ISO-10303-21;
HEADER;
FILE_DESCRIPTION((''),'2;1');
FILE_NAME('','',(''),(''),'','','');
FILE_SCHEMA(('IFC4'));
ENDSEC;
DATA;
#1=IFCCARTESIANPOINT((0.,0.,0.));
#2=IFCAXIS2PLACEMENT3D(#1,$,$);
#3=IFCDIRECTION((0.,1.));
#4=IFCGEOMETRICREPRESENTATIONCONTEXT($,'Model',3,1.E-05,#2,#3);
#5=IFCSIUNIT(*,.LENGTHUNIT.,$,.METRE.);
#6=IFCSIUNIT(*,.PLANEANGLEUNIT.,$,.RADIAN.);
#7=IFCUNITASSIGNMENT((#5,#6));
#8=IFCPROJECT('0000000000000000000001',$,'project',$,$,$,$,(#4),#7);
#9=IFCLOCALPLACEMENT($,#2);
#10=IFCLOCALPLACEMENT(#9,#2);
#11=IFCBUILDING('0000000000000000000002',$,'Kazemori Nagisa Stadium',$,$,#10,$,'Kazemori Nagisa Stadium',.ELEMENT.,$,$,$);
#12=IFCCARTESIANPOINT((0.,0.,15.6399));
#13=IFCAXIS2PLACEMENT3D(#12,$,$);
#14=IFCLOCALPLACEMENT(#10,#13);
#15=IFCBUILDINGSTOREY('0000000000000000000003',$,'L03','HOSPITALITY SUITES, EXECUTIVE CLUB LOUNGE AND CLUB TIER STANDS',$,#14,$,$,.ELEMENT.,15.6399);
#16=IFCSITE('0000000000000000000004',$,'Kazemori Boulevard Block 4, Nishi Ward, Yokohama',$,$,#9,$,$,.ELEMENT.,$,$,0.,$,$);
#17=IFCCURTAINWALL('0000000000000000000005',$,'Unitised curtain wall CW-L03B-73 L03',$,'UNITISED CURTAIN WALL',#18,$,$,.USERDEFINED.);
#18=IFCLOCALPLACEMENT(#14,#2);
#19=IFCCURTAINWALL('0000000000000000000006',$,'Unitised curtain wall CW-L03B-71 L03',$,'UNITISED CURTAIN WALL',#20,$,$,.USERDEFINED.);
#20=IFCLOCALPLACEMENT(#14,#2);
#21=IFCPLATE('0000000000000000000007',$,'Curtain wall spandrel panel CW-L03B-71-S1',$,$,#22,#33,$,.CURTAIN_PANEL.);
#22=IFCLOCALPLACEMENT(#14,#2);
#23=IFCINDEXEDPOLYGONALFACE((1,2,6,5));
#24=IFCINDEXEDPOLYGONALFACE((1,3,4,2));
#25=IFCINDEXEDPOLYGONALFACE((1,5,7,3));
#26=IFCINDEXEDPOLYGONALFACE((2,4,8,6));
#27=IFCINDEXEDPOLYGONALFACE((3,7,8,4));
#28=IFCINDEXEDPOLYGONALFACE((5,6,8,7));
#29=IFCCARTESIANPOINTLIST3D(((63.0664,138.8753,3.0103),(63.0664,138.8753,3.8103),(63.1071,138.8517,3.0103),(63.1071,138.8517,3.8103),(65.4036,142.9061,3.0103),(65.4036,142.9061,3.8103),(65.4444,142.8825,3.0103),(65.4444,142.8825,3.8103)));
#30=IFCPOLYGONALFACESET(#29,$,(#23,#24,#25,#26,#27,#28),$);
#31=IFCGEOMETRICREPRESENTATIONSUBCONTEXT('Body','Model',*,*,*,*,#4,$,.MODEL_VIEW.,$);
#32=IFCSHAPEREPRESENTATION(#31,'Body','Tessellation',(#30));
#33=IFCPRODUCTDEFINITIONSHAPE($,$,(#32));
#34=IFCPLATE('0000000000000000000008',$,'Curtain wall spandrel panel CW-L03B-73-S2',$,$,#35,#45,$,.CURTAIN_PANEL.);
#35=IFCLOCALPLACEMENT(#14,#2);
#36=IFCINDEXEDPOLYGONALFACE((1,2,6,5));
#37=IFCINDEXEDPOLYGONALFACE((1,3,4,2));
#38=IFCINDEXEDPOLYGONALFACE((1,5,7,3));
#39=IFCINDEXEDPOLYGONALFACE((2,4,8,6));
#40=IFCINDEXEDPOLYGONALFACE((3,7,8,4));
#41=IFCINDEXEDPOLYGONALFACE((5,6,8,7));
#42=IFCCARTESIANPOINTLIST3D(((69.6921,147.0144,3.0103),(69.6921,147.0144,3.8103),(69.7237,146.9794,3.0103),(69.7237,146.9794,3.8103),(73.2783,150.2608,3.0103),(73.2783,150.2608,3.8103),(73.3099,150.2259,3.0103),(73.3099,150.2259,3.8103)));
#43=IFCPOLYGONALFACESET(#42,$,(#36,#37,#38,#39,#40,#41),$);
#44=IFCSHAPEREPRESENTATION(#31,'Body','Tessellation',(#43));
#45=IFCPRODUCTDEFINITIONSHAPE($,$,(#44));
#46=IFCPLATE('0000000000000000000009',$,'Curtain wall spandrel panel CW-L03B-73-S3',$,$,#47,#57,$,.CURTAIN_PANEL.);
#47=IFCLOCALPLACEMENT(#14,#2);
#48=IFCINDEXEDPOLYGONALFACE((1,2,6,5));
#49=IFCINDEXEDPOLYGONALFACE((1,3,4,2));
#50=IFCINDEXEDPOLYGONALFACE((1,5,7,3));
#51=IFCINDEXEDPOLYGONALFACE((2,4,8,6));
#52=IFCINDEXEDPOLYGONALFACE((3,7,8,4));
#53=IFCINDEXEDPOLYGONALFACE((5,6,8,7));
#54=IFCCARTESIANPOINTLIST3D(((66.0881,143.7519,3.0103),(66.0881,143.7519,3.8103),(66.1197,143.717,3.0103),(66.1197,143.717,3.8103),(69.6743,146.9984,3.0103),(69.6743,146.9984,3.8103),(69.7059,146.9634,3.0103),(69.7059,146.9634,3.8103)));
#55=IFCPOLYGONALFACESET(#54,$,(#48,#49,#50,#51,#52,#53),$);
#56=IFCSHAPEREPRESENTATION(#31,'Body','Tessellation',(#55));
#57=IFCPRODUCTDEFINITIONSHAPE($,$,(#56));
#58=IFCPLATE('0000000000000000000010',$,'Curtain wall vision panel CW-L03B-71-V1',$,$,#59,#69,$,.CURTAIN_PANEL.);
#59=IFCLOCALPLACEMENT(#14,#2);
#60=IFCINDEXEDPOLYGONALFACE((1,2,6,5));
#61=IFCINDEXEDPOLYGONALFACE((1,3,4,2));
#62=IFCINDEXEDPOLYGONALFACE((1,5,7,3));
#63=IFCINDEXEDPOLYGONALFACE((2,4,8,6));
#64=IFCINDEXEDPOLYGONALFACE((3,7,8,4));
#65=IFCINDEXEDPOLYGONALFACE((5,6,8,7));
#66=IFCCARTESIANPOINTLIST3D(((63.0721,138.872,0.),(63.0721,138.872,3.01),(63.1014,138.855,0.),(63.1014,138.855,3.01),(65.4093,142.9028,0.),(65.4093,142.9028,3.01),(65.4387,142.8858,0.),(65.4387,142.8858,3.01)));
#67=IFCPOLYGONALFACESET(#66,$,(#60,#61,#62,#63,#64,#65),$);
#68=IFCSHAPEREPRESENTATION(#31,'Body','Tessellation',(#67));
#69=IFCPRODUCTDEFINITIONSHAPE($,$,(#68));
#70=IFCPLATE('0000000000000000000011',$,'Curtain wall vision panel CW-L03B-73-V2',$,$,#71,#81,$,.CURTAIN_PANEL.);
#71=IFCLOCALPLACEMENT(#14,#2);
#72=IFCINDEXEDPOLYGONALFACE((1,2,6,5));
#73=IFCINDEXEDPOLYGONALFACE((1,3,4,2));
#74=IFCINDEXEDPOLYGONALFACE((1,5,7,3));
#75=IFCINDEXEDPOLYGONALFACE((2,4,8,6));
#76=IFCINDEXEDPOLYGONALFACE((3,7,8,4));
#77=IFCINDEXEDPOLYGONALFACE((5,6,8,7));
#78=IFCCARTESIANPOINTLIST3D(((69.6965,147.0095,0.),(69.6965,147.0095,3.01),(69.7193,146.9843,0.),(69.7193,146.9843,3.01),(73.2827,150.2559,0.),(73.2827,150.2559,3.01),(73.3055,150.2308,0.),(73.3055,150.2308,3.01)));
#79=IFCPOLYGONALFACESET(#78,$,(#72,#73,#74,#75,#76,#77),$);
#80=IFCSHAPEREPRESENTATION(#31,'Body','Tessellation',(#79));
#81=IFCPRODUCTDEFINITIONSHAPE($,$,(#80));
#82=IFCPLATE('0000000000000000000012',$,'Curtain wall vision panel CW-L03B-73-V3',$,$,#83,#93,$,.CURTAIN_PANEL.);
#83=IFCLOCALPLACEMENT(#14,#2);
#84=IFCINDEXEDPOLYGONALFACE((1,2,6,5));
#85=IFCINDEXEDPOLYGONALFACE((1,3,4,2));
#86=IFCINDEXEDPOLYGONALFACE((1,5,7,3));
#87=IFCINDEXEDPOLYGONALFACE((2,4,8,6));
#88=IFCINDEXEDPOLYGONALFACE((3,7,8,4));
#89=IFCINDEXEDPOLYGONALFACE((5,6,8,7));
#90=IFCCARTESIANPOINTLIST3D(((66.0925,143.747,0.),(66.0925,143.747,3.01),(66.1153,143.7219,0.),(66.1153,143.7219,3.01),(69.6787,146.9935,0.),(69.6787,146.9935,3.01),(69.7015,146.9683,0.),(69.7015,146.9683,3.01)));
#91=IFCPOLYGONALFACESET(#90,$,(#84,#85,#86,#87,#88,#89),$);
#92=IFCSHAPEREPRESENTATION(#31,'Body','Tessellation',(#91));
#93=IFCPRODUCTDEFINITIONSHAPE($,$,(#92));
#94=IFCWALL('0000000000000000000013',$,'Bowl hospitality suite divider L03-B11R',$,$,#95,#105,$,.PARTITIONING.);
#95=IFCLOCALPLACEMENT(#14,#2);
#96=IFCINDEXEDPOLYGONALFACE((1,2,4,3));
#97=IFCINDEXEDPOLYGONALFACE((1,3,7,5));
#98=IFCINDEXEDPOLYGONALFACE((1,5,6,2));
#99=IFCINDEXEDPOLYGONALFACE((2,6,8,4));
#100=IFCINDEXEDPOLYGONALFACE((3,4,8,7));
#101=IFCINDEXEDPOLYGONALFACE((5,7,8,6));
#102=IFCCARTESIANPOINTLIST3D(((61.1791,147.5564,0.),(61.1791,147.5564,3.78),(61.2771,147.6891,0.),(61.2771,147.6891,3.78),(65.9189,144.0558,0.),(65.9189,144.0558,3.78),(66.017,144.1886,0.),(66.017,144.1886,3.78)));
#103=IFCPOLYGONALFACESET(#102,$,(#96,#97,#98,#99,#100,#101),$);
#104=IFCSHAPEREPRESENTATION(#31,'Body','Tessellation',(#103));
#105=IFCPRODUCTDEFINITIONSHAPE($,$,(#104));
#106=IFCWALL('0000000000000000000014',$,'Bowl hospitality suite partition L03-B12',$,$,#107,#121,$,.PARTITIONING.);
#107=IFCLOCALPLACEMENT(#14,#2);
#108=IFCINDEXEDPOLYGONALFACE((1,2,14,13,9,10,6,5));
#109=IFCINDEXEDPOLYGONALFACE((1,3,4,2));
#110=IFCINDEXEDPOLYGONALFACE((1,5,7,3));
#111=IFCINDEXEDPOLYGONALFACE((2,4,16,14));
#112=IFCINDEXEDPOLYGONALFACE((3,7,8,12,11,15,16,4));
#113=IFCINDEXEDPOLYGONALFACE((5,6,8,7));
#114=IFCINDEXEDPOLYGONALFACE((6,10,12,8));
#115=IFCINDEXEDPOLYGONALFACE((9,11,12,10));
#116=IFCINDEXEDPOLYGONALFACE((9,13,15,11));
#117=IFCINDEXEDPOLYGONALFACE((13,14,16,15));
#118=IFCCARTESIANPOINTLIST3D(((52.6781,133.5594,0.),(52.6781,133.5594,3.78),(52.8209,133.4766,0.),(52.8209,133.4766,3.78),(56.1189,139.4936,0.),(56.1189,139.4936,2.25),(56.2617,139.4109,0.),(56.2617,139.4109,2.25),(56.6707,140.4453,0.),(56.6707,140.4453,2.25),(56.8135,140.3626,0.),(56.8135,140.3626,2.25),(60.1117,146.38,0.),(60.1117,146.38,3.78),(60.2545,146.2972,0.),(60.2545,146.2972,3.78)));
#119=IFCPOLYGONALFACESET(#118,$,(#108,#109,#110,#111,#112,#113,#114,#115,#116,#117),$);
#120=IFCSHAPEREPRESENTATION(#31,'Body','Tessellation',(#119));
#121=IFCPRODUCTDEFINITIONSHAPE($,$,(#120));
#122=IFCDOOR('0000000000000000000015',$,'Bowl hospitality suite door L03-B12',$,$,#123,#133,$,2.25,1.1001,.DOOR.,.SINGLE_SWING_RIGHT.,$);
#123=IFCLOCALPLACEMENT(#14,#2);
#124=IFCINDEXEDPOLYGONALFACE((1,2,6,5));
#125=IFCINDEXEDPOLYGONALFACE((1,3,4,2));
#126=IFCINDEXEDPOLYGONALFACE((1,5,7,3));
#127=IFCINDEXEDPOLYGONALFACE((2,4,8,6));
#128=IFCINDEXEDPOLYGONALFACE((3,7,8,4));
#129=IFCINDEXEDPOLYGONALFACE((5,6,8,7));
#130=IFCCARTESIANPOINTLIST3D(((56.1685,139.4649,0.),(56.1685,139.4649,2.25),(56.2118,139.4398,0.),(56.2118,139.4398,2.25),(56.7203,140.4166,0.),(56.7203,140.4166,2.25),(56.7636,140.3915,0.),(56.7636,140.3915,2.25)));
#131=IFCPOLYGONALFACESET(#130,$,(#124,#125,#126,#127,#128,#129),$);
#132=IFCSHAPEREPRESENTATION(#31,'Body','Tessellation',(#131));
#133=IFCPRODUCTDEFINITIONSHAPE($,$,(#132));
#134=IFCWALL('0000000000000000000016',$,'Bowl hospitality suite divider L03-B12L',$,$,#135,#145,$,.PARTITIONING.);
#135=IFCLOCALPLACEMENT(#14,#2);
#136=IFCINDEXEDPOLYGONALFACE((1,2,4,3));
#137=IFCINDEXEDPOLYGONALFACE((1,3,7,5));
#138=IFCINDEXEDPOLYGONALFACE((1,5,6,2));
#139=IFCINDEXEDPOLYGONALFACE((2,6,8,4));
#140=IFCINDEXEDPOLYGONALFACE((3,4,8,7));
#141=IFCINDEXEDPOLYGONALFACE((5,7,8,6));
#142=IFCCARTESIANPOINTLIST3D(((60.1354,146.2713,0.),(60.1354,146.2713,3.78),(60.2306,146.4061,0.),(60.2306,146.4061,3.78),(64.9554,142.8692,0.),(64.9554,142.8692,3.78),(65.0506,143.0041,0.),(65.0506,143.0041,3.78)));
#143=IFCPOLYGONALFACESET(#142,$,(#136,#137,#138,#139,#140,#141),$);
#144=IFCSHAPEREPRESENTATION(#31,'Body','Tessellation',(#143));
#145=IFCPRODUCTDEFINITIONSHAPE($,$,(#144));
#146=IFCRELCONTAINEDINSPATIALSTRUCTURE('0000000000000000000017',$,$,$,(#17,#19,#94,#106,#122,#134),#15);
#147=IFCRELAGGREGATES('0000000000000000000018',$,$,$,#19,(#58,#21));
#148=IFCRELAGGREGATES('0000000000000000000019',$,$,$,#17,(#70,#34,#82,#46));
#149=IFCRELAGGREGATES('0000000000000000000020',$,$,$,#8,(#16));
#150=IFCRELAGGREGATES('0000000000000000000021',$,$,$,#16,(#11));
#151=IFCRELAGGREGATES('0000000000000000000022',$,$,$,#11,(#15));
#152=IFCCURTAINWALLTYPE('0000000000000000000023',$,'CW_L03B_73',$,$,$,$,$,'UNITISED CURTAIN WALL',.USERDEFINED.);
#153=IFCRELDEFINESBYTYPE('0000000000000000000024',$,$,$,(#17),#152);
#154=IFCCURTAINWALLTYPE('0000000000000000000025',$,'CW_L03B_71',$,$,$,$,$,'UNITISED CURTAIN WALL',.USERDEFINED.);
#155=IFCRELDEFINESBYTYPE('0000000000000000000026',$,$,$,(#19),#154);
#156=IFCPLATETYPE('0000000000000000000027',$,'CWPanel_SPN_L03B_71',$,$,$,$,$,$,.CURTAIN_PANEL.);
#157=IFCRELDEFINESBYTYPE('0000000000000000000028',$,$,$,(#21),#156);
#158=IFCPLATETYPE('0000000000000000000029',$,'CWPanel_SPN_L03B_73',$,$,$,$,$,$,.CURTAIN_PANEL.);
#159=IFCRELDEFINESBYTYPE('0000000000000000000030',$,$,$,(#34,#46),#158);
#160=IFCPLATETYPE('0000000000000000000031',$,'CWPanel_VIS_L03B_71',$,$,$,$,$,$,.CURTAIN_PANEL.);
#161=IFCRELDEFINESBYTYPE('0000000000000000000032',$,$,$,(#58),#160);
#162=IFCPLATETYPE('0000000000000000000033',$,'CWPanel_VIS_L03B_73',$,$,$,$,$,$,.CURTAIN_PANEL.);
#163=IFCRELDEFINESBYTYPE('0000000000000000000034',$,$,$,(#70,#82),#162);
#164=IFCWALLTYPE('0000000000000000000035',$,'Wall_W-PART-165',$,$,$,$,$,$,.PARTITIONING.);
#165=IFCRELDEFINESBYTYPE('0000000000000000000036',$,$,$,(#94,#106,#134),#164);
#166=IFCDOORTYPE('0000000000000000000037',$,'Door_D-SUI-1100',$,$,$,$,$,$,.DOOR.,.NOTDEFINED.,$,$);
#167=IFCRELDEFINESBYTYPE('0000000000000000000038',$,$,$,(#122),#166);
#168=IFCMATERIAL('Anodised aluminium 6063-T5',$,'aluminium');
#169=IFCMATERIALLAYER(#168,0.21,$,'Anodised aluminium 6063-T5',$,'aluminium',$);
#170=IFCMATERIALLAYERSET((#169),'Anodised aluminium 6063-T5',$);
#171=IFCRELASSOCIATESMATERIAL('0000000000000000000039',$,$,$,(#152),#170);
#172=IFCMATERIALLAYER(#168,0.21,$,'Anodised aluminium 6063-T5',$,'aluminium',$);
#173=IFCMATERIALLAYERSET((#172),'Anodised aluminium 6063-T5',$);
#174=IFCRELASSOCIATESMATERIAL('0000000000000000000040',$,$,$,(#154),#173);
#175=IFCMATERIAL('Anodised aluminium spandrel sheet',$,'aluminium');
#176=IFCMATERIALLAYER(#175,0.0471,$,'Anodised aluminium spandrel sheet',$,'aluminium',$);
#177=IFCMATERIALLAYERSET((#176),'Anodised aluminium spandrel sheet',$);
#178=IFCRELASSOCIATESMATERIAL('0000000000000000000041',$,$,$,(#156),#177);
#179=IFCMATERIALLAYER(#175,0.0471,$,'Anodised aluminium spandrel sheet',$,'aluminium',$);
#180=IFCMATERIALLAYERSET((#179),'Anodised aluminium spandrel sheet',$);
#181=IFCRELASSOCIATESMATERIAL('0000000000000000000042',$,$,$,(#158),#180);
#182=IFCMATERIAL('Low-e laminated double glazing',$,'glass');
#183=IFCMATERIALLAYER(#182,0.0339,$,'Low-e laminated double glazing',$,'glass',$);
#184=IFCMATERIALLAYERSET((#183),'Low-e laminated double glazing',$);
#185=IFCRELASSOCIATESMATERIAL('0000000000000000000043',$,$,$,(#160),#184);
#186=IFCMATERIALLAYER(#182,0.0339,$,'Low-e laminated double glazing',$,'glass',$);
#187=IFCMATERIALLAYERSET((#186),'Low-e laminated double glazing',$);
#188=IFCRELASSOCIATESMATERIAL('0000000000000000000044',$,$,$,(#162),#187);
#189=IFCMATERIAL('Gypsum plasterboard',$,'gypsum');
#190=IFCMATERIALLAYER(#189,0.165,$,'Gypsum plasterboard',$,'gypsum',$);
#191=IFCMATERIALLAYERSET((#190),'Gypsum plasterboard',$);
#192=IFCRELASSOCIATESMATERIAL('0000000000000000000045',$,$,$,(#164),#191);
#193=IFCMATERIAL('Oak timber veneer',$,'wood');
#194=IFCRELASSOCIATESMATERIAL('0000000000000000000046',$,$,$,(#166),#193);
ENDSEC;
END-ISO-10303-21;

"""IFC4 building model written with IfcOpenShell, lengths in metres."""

from ifc_helpers import new_model, si_unit, direction, frame, frame_2d, origin, origin_2d, place, context, subcontext, project, spatial, rectangle, extrude, material, layer, layer_set, type_object, element, fill, aggregate, save


model = new_model("IFC4")

# Units and contexts
model_context = context("Model", 3, precision=1e-05, world=origin(), true_north=direction((0.0, 1.0)))
body_context = subcontext(model_context, "Body", "Model", "MODEL_VIEW")
ifc_project = project(units=[si_unit("LENGTHUNIT", "METRE"), si_unit("PLANEANGLEUNIT", "RADIAN")], contexts=[model_context])

# Site, building, storey
site_placement = place(None, origin())
site = spatial("IfcSite", under=ifc_project, at=site_placement, Name="Kazemori Boulevard Block 4, Nishi Ward, Yokohama", CompositionType="ELEMENT", RefElevation=0.0)
building_placement = place(site_placement, origin())
building = spatial("IfcBuilding", under=site, at=building_placement, Name="Kazemori Nagisa Stadium", LongName="Kazemori Nagisa Stadium", CompositionType="ELEMENT")
storey_placement = place(building_placement, frame((0.0, 0.0, 15.6399)))
storey = spatial("IfcBuildingStorey", under=building, at=storey_placement, Name="L03", Description="HOSPITALITY SUITES, EXECUTIVE CLUB LOUNGE AND CLUB TIER STANDS", CompositionType="ELEMENT", Elevation=15.6399)

# Curtain wall
ifc_material_1 = material(Name="Anodised aluminium 6063-T5", Category="aluminium")
ifc_layer_1 = layer(ifc_material_1, 0.21, Name="Anodised aluminium 6063-T5", Category="aluminium")
ifc_layer_set_1 = layer_set([ifc_layer_1], Name="Anodised aluminium 6063-T5")
curtain_wall_type_1 = type_object("IfcCurtainWallType", Name="CW_L03B_73", ElementType="UNITISED CURTAIN WALL", PredefinedType="USERDEFINED", material=ifc_layer_set_1)
curtain_wall_1_placement = place(storey_placement, origin())
curtain_wall_1 = element("IfcCurtainWall", 1, at=curtain_wall_1_placement, inside=storey, type_object=curtain_wall_type_1, Name="Unitised curtain wall CW-L03B-73 L03", ObjectType="UNITISED CURTAIN WALL", PredefinedType="USERDEFINED")

# Curtain wall
ifc_layer_2 = layer(ifc_material_1, 0.21, Name="Anodised aluminium 6063-T5", Category="aluminium")
ifc_layer_set_2 = layer_set([ifc_layer_2], Name="Anodised aluminium 6063-T5")
curtain_wall_type_2 = type_object("IfcCurtainWallType", Name="CW_L03B_71", ElementType="UNITISED CURTAIN WALL", PredefinedType="USERDEFINED", material=ifc_layer_set_2)
curtain_wall_2_placement = place(storey_placement, origin())
curtain_wall_2 = element("IfcCurtainWall", 2, at=curtain_wall_2_placement, inside=storey, type_object=curtain_wall_type_2, Name="Unitised curtain wall CW-L03B-71 L03", ObjectType="UNITISED CURTAIN WALL", PredefinedType="USERDEFINED")

# Plates
ifc_material_2 = material(Name="Anodised aluminium spandrel sheet", Category="aluminium")
ifc_layer_3 = layer(ifc_material_2, 0.0471, Name="Anodised aluminium spandrel sheet", Category="aluminium")
ifc_layer_set_3 = layer_set([ifc_layer_3], Name="Anodised aluminium spandrel sheet")
plate_type_1 = type_object("IfcPlateType", Name="CWPanel_SPN_L03B_71", PredefinedType="CURTAIN_PANEL", material=ifc_layer_set_3)
plate_1_placement = place(storey_placement, frame((64.2554, 140.8789, 3.0103), z_axis=(0.0, 0.0, 1.0), x_axis=(-0.501612, -0.865093, 0.0)))
plate_1 = element("IfcPlate", 3, at=plate_1_placement, type_object=plate_type_1, Name="Curtain wall spandrel panel CW-L03B-71-S1", PredefinedType="CURTAIN_PANEL", context=body_context, shape_type="SweptSolid", body=[
    extrude(rectangle(XDim=4.6594, YDim=0.0471, at=origin_2d()), origin(), (0.0, 0.0, 1.0), 0.8),
])
ifc_layer_4 = layer(ifc_material_2, 0.0471, Name="Anodised aluminium spandrel sheet", Category="aluminium")
ifc_layer_set_4 = layer_set([ifc_layer_4], Name="Anodised aluminium spandrel sheet")
plate_type_2 = type_object("IfcPlateType", Name="CWPanel_SPN_L03B_73", PredefinedType="CURTAIN_PANEL", material=ifc_layer_set_4)
plate_2_placement = place(storey_placement, frame((71.501, 148.6201, 3.0103), z_axis=(0.0, 0.0, 1.0), x_axis=(-0.741351, -0.671118, 0.0)))
plate_2 = element("IfcPlate", 4, at=plate_2_placement, type_object=plate_type_2, Name="Curtain wall spandrel panel CW-L03B-73-S2", PredefinedType="CURTAIN_PANEL", context=body_context, shape_type="SweptSolid", body=[
    extrude(rectangle(XDim=4.8374, YDim=0.0471, at=origin_2d()), origin(), (0.0, 0.0, 1.0), 0.8),
])
plate_3_placement = place(storey_placement, frame((67.897, 145.3577, 3.0103), z_axis=(0.0, 0.0, 1.0), x_axis=(-0.741351, -0.671118, 0.0)))
plate_3 = element("IfcPlate", 5, at=plate_3_placement, type_object=plate_type_2, Name="Curtain wall spandrel panel CW-L03B-73-S3", PredefinedType="CURTAIN_PANEL", context=body_context, shape_type="SweptSolid", body=[
    extrude(rectangle(XDim=4.8374, YDim=0.0471, at=origin_2d()), origin(), (0.0, 0.0, 1.0), 0.8),
])
ifc_material_3 = material(Name="Low-e laminated double glazing", Category="glass")
ifc_layer_5 = layer(ifc_material_3, 0.0339, Name="Low-e laminated double glazing", Category="glass")
ifc_layer_set_5 = layer_set([ifc_layer_5], Name="Low-e laminated double glazing")
plate_type_3 = type_object("IfcPlateType", Name="CWPanel_VIS_L03B_71", PredefinedType="CURTAIN_PANEL", material=ifc_layer_set_5)
plate_4_placement = place(storey_placement, frame((64.2554, 140.8789, 0.0), z_axis=(0.0, 0.0, 1.0), x_axis=(-0.501612, -0.865093, 0.0)))
plate_4 = element("IfcPlate", 6, at=plate_4_placement, type_object=plate_type_3, Name="Curtain wall vision panel CW-L03B-71-V1", PredefinedType="CURTAIN_PANEL", context=body_context, shape_type="SweptSolid", body=[
    extrude(rectangle(XDim=4.6594, YDim=0.0339, at=origin_2d()), origin(), (0.0, 0.0, 1.0), 3.01),
])
aggregate(curtain_wall_2, [plate_4, plate_1])
ifc_layer_6 = layer(ifc_material_3, 0.0339, Name="Low-e laminated double glazing", Category="glass")
ifc_layer_set_6 = layer_set([ifc_layer_6], Name="Low-e laminated double glazing")
plate_type_4 = type_object("IfcPlateType", Name="CWPanel_VIS_L03B_73", PredefinedType="CURTAIN_PANEL", material=ifc_layer_set_6)
plate_5_placement = place(storey_placement, frame((71.501, 148.6201, 0.0), z_axis=(0.0, 0.0, 1.0), x_axis=(-0.741351, -0.671118, 0.0)))
plate_5 = element("IfcPlate", 7, at=plate_5_placement, type_object=plate_type_4, Name="Curtain wall vision panel CW-L03B-73-V2", PredefinedType="CURTAIN_PANEL", context=body_context, shape_type="SweptSolid", body=[
    extrude(rectangle(XDim=4.8374, YDim=0.0339, at=origin_2d()), origin(), (0.0, 0.0, 1.0), 3.01),
])
plate_6_placement = place(storey_placement, frame((67.897, 145.3577, 0.0), z_axis=(0.0, 0.0, 1.0), x_axis=(-0.741351, -0.671118, 0.0)))
plate_6 = element("IfcPlate", 8, at=plate_6_placement, type_object=plate_type_4, Name="Curtain wall vision panel CW-L03B-73-V3", PredefinedType="CURTAIN_PANEL", context=body_context, shape_type="SweptSolid", body=[
    extrude(rectangle(XDim=4.8374, YDim=0.0339, at=origin_2d()), origin(), (0.0, 0.0, 1.0), 3.01),
])
aggregate(curtain_wall_1, [plate_5, plate_2, plate_6, plate_3])

# Wall
ifc_material_4 = material(Name="Gypsum plasterboard", Category="gypsum")
ifc_layer_7 = layer(ifc_material_4, 0.165, Name="Gypsum plasterboard", Category="gypsum")
ifc_layer_set_7 = layer_set([ifc_layer_7], Name="Gypsum plasterboard")
wall_type = type_object("IfcWallType", Name="Wall_W-PART-165", PredefinedType="PARTITIONING", material=ifc_layer_set_7)
wall_1_placement = place(storey_placement, frame((61.228, 147.6228, 0.0), z_axis=(0.0, 0.0, 1.0), x_axis=(0.804403, -0.594083, 0.0)))
element("IfcWall", 9, at=wall_1_placement, inside=storey, type_object=wall_type, Name="Bowl hospitality suite divider L03-B11R", PredefinedType="PARTITIONING", context=body_context, shape_type="SweptSolid", body=[
    extrude(rectangle(XDim=5.8923, YDim=0.165, at=frame_2d((2.9463, 0.0))), origin(), (0.0, 0.0, 1.0), 3.78),
])

# Wall, opening, door
wall_2_placement = place(storey_placement, frame((60.1831, 146.3386, 0.0), z_axis=(0.0, 0.0, 1.0), x_axis=(-0.5016, -0.865099, 0.0)))
wall_2 = element("IfcWall", 10, at=wall_2_placement, inside=storey, type_object=wall_type, Name="Bowl hospitality suite partition L03-B12", PredefinedType="PARTITIONING", context=body_context, shape_type="SweptSolid", body=[
    extrude(rectangle(XDim=14.8198, YDim=0.165, at=frame_2d((7.4099, 0.0))), origin(), (0.0, 0.0, 1.0), 3.78),
])
opening_placement = place(wall_2_placement, frame((6.8601, 0.0, 0.0)))
opening = element("IfcOpeningElement", 11, at=opening_placement, cuts=wall_2, PredefinedType="OPENING", context=body_context, shape_type="SweptSolid", body=[
    extrude(rectangle(XDim=1.1001, YDim=2.25, at=frame_2d((0.55, 1.125))), frame((0.0, 0.0925, 0.0), z_axis=(0.0, -1.0, 0.0), x_axis=(1.0, 0.0, 0.0)), (0.0, 0.0, 1.0), 0.1851),
])
ifc_material_5 = material(Name="Oak timber veneer", Category="wood")
door_type = type_object("IfcDoorType", Name="Door_D-SUI-1100", OperationType="NOTDEFINED", PredefinedType="DOOR", material=ifc_material_5)
door_placement = place(opening_placement, origin())
door = element("IfcDoor", 12, at=door_placement, inside=storey, type_object=door_type, Name="Bowl hospitality suite door L03-B12", OperationType="SINGLE_SWING_RIGHT", OverallHeight=2.25, OverallWidth=1.1001, PredefinedType="DOOR", context=body_context, shape_type="SweptSolid", body=[
    extrude(rectangle(XDim=1.1001, YDim=2.25, at=frame_2d((0.55, 1.125))), frame((0.0, 0.0249, 0.0), z_axis=(0.0, -1.0, 0.0), x_axis=(1.0, 0.0, 0.0)), (0.0, 0.0, 1.0), 0.05),
])
fill(opening, door)

# Wall
wall_3_placement = place(storey_placement, frame((60.1831, 146.3386, 0.0), z_axis=(0.0, 0.0, 1.0), x_axis=(0.816992, -0.576649, 0.0)))
element("IfcWall", 13, at=wall_3_placement, inside=storey, type_object=wall_type, Name="Bowl hospitality suite divider L03-B12L", PredefinedType="PARTITIONING", context=body_context, shape_type="SweptSolid", body=[
    extrude(rectangle(XDim=5.8997, YDim=0.165, at=frame_2d((2.9497, 0.0))), origin(), (0.0, 0.0, 1.0), 3.78),
])

save(model, "model.ifc")
